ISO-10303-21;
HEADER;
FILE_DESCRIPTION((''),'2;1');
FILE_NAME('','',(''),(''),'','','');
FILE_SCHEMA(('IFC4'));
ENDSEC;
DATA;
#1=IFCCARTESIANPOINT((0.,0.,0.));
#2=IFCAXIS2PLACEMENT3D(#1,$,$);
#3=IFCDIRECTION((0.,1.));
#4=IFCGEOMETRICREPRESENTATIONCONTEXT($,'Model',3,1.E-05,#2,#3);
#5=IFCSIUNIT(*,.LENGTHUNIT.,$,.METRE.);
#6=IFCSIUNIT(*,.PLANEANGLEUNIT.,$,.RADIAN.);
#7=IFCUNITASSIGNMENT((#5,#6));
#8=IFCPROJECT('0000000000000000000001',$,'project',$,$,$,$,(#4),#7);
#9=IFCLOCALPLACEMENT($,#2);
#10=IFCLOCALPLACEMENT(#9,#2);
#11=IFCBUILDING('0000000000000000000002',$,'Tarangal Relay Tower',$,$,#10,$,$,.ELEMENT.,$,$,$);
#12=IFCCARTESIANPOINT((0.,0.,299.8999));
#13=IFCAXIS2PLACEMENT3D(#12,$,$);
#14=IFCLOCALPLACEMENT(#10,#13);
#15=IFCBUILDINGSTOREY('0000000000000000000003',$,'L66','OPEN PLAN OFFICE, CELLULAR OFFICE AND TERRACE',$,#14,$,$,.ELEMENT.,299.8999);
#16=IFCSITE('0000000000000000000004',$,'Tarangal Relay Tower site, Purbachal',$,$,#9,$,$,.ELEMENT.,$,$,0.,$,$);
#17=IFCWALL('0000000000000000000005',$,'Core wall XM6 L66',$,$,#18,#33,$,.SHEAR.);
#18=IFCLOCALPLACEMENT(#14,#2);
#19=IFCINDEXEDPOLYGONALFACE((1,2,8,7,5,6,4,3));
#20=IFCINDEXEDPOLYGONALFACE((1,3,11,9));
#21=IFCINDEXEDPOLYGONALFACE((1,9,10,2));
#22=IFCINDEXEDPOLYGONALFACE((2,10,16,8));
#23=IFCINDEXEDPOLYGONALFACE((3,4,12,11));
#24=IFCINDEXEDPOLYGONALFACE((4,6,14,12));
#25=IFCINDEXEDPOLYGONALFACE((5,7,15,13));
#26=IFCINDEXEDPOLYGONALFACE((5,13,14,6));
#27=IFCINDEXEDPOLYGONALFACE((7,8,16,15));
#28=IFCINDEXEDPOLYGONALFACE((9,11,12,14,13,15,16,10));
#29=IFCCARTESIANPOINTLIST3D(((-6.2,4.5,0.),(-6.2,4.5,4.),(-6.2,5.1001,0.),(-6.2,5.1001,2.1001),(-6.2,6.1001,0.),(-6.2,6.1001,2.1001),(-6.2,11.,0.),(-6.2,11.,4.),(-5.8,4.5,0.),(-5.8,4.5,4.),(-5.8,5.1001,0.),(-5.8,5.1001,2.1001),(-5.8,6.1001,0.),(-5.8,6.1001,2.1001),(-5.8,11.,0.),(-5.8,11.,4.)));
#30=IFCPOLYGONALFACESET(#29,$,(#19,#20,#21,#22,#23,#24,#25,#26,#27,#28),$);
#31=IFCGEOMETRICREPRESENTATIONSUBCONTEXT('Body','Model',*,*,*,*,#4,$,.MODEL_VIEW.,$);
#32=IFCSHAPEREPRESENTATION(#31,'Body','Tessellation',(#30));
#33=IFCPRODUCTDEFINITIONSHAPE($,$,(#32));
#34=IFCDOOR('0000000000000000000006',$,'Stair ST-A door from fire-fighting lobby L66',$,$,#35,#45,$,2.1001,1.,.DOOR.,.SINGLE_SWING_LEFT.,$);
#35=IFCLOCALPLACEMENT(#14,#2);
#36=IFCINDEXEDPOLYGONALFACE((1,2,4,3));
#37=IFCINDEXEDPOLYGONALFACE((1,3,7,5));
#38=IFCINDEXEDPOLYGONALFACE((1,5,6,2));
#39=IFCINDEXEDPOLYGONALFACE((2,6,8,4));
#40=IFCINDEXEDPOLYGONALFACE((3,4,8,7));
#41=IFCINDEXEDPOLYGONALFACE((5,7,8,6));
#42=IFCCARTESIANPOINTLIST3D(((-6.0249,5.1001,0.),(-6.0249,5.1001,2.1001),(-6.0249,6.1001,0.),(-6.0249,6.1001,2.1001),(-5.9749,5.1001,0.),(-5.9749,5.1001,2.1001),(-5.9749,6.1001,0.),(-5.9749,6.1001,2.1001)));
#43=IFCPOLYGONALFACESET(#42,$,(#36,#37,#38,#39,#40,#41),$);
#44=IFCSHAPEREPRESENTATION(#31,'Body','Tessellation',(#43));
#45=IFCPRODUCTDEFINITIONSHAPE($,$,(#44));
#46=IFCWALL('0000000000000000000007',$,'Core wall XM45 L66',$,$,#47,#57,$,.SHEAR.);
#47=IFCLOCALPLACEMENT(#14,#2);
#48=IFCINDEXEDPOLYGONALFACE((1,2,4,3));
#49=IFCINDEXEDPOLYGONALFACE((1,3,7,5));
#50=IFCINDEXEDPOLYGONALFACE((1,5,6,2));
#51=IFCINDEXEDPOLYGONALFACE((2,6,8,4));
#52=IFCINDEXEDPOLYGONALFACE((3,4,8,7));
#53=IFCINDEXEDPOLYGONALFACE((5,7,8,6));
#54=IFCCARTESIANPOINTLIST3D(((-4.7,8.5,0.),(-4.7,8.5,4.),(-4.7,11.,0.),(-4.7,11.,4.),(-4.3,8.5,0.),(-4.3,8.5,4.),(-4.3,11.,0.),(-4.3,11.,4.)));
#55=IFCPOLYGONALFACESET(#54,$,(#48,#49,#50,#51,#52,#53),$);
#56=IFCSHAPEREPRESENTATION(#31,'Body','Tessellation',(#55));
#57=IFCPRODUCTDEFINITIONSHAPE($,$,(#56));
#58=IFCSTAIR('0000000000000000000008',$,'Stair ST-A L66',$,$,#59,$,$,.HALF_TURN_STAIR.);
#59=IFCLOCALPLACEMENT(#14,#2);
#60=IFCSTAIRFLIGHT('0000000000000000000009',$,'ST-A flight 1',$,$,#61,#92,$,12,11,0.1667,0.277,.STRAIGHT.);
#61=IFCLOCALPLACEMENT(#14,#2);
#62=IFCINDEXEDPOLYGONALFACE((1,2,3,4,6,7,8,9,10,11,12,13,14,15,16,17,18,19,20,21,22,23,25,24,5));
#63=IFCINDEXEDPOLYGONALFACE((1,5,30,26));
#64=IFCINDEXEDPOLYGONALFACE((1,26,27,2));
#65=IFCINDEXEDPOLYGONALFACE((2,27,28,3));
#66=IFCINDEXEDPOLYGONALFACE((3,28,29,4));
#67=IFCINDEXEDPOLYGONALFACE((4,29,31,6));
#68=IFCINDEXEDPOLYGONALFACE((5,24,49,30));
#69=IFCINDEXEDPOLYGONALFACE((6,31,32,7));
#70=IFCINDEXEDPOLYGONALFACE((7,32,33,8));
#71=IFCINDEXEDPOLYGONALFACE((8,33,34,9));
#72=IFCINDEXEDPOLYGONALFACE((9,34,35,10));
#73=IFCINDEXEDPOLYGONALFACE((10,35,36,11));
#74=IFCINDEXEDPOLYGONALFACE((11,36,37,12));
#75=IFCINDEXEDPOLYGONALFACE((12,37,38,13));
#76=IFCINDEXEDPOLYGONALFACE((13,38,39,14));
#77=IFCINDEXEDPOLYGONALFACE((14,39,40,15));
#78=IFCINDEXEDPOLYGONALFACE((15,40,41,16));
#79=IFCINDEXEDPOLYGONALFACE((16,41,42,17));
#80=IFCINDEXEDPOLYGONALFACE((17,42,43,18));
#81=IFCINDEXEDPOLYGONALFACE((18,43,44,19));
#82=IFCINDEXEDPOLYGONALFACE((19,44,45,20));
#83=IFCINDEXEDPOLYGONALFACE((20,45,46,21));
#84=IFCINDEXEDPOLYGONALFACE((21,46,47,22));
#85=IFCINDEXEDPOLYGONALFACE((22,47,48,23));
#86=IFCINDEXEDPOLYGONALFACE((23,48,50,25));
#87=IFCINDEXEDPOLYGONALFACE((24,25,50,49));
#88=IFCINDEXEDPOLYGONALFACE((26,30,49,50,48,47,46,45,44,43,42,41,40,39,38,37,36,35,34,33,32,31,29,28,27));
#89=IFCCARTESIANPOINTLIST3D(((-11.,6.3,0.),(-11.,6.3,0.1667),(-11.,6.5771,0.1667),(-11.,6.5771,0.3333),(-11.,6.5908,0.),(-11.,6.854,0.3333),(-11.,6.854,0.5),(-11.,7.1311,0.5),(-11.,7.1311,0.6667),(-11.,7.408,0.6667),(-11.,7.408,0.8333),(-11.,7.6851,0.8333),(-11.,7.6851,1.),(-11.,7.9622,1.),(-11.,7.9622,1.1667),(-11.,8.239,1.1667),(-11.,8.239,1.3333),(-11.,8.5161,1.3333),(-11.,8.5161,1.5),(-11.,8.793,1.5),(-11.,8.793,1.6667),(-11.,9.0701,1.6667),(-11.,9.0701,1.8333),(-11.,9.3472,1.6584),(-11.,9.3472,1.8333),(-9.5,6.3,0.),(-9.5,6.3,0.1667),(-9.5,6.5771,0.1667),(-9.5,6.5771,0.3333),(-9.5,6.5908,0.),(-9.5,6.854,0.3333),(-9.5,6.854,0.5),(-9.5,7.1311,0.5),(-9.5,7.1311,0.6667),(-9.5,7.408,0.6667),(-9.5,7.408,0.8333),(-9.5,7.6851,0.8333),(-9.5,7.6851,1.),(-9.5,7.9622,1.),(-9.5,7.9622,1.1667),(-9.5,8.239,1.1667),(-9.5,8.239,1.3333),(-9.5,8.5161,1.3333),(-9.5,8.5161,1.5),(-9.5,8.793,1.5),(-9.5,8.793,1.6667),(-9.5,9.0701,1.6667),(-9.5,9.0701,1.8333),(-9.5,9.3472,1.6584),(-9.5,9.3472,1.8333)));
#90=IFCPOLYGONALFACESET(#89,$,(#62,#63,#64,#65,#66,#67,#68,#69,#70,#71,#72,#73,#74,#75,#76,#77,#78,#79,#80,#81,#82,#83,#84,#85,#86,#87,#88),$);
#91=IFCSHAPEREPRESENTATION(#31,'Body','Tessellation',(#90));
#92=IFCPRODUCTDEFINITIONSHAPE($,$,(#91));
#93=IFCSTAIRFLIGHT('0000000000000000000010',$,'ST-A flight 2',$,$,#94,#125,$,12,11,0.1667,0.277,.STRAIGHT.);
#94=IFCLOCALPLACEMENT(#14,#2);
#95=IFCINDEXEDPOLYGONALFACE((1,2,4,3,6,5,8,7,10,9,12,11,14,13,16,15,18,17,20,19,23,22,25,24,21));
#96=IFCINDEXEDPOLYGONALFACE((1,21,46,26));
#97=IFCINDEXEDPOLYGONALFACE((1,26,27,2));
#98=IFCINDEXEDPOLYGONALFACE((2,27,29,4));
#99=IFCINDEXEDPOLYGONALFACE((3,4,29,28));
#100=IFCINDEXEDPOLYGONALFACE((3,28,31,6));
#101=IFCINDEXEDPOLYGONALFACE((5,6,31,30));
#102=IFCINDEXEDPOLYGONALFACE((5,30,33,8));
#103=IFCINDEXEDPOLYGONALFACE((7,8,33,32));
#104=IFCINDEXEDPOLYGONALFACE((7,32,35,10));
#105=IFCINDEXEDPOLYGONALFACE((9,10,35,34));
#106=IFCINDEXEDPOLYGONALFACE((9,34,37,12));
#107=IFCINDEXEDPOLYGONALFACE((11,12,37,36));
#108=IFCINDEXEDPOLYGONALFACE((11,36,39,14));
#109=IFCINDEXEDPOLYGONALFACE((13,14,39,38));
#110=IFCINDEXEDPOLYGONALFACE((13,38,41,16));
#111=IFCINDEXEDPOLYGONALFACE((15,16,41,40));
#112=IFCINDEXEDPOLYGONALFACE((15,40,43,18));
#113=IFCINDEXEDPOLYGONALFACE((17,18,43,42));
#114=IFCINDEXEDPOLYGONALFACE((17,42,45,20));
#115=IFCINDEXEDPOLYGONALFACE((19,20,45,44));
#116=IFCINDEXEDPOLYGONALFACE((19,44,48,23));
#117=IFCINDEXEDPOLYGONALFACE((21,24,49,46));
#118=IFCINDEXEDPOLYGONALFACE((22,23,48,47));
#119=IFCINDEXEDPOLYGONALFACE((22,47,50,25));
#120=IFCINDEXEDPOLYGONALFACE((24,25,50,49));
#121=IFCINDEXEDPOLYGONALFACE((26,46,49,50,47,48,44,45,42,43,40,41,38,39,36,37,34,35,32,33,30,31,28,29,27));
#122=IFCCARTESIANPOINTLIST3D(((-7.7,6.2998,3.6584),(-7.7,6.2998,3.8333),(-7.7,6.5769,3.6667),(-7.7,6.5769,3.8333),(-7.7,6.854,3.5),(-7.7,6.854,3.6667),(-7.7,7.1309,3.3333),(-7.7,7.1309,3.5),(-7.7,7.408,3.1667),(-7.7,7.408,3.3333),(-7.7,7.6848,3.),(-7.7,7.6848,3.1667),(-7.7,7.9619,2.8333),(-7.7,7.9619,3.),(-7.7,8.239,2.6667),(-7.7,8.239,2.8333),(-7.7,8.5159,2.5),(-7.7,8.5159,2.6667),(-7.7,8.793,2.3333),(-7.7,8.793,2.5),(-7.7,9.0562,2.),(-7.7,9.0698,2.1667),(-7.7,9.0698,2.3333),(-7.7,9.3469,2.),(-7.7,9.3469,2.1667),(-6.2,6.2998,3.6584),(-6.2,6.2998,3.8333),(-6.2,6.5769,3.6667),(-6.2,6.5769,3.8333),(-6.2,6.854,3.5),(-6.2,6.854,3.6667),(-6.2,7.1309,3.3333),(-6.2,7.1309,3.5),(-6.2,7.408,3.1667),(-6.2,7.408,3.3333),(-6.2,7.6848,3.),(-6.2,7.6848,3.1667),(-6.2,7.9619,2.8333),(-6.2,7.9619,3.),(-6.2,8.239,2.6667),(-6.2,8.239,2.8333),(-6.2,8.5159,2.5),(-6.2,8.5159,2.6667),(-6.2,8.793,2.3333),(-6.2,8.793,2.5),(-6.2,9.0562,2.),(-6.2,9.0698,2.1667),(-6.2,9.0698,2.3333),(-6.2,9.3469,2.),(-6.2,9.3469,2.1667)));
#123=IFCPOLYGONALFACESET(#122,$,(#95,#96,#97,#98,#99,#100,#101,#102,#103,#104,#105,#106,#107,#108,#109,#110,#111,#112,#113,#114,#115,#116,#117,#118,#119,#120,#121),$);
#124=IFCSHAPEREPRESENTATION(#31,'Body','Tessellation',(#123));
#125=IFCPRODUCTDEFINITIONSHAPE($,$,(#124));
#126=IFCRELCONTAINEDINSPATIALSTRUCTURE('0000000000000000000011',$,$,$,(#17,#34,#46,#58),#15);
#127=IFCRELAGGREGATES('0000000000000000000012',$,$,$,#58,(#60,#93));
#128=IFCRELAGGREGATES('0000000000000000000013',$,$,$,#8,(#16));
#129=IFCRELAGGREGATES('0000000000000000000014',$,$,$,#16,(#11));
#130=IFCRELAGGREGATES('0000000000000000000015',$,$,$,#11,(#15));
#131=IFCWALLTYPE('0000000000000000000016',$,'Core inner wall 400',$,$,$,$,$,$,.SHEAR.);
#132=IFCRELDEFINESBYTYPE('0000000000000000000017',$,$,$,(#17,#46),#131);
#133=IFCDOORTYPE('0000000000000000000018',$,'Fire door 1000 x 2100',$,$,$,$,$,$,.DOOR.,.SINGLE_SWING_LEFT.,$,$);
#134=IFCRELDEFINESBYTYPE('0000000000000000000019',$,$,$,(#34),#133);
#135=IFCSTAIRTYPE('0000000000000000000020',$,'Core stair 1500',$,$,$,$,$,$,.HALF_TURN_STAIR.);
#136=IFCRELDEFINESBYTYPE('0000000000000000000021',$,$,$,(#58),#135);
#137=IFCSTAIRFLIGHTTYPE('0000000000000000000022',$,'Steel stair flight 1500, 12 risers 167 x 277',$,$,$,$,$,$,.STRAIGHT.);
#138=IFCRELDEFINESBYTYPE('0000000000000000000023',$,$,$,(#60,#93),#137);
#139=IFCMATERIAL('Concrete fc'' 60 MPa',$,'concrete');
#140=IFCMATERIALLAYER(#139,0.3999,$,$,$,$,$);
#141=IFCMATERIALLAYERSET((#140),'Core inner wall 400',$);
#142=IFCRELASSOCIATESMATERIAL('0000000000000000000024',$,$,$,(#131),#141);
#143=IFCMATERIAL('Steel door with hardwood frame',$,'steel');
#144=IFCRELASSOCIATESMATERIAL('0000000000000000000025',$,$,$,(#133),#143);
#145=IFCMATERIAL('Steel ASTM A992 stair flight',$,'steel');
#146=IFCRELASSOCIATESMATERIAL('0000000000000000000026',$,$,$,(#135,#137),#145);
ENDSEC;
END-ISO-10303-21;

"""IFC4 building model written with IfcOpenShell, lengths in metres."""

from ifc_helpers import new_model, si_unit, direction, frame, frame_2d, origin, place, context, subcontext, project, spatial, polyline, rectangle, outline, extrude, material, layer, layer_set, type_object, element, fill, aggregate, save


model = new_model("IFC4")

# Units and contexts
model_context = context("Model", 3, precision=1e-05, world=origin(), true_north=direction((0.0, 1.0)))
body_context = subcontext(model_context, "Body", "Model", "MODEL_VIEW")
ifc_project = project(units=[si_unit("LENGTHUNIT", "METRE"), si_unit("PLANEANGLEUNIT", "RADIAN")], contexts=[model_context])

# Site, building, storey
site_placement = place(None, origin())
site = spatial("IfcSite", under=ifc_project, at=site_placement, Name="Tarangal Relay Tower site, Purbachal", CompositionType="ELEMENT", RefElevation=0.0)
building_placement = place(site_placement, origin())
building = spatial("IfcBuilding", under=site, at=building_placement, Name="Tarangal Relay Tower", CompositionType="ELEMENT")
storey_placement = place(building_placement, frame((0.0, 0.0, 299.8999)))
storey = spatial("IfcBuildingStorey", under=building, at=storey_placement, Name="L66", Description="OPEN PLAN OFFICE, CELLULAR OFFICE AND TERRACE", CompositionType="ELEMENT", Elevation=299.8999)

# Shared definitions
ifc_material_1 = material(Name="Concrete fc' 60 MPa", Category="concrete")
ifc_layer = layer(ifc_material_1, 0.3999)
ifc_layer_set = layer_set([ifc_layer], Name="Core inner wall 400")
wall_type = type_object("IfcWallType", Name="Core inner wall 400", PredefinedType="SHEAR", material=ifc_layer_set)
ifc_material_2 = material(Name="Steel door with hardwood frame", Category="steel")

# Wall, opening, door
wall_1_placement = place(storey_placement, frame((-6.0, 4.5, 0.0), z_axis=(0.0, 0.0, 1.0), x_axis=(0.0, 1.0, 0.0)))
wall_1 = element("IfcWall", 1, at=wall_1_placement, inside=storey, type_object=wall_type, Name="Core wall XM6 L66", PredefinedType="SHEAR", context=body_context, shape_type="SweptSolid", body=[
    extrude(rectangle(XDim=6.5, YDim=0.3999, at=frame_2d((3.25, 0.0))), origin(), (0.0, 0.0, 1.0), 4.0),
])
opening_1_placement = place(wall_1_placement, frame((0.6001, 0.0, 0.0)))
opening_1 = element("IfcOpeningElement", 2, at=opening_1_placement, cuts=wall_1, PredefinedType="OPENING", context=body_context, shape_type="SweptSolid", body=[
    extrude(rectangle(XDim=1.0, YDim=2.1001, at=frame_2d((0.5, 1.05))), frame((0.0, 0.21, 0.0), z_axis=(0.0, -1.0, 0.0), x_axis=(1.0, 0.0, 0.0)), (0.0, 0.0, 1.0), 0.4199),
])
door_type_1 = type_object("IfcDoorType", Name="Fire door 1000 x 2100", OperationType="SINGLE_SWING_LEFT", PredefinedType="DOOR", material=ifc_material_2)
door_1_placement = place(opening_1_placement, origin())
door_1 = element("IfcDoor", 3, at=door_1_placement, inside=storey, type_object=door_type_1, Name="Stair ST-A door from fire-fighting lobby L66", OperationType="SINGLE_SWING_LEFT", OverallHeight=2.1001, OverallWidth=1.0, PredefinedType="DOOR", context=body_context, shape_type="SweptSolid", body=[
    extrude(rectangle(XDim=1.0, YDim=2.1001, at=frame_2d((0.5, 1.05))), frame((0.0, 0.0249, 0.0), z_axis=(0.0, -1.0, 0.0), x_axis=(1.0, 0.0, 0.0)), (0.0, 0.0, 1.0), 0.05),
])
fill(opening_1, door_1)

# Wall
wall_2_placement = place(storey_placement, frame((-4.5, 8.5, 0.0), z_axis=(0.0, 0.0, 1.0), x_axis=(0.0, 1.0, 0.0)))
element("IfcWall", 4, at=wall_2_placement, inside=storey, type_object=wall_type, Name="Core wall XM45 L66", PredefinedType="SHEAR", context=body_context, shape_type="SweptSolid", body=[
    extrude(rectangle(XDim=2.5, YDim=0.3999, at=frame_2d((1.25, 0.0))), origin(), (0.0, 0.0, 1.0), 4.0),
])

# Stair, stair flights
ifc_material_3 = material(Name="Steel ASTM A992 stair flight", Category="steel")
stair_type = type_object("IfcStairType", Name="Core stair 1500", PredefinedType="HALF_TURN_STAIR", material=ifc_material_3)
stair_placement = place(storey_placement, origin())
stair = element("IfcStair", 5, at=stair_placement, inside=storey, type_object=stair_type, Name="Stair ST-A L66", PredefinedType="HALF_TURN_STAIR")
stair_flight_type = type_object("IfcStairFlightType", Name="Steel stair flight 1500, 12 risers 167 x 277", PredefinedType="STRAIGHT", material=ifc_material_3)
stair_flight_1_placement = place(storey_placement, frame((-10.25, 6.3, 0.0), z_axis=(0.0, 0.0, 1.0), x_axis=(0.0, 1.0, 0.0)))
stair_flight_1 = element("IfcStairFlight", 6, at=stair_flight_1_placement, type_object=stair_flight_type, Name="ST-A flight 1", NumberOfRisers=12, NumberOfTreads=11, PredefinedType="STRAIGHT", RiserHeight=0.1667, TreadLength=0.277, context=body_context, shape_type="SweptSolid", body=[
    extrude(outline(polyline([(0.0, 0.0), (0.0, 0.1667), (0.2771, 0.1667), (0.2771, 0.3333), (0.554, 0.3333), (0.554, 0.5), (0.8311, 0.5), (0.8311, 0.6667), (1.1079, 0.6667), (1.1079, 0.8333), (1.385, 0.8333), (1.385, 1.0), (1.6621, 1.0), (1.6621, 1.1667), (1.939, 1.1667), (1.939, 1.3333), (2.2161, 1.3333), (2.2161, 1.5), (2.4929, 1.5), (2.4929, 1.6667), (2.77, 1.6667), (2.77, 1.8333), (3.0471, 1.8333), (3.0471, 2.0), (3.0471, 1.6584), (0.2908, 0.0), (0.0, 0.0)])), frame((0.0, 0.75, 0.0), z_axis=(0.0, -1.0, 0.0), x_axis=(1.0, 0.0, 0.0)), (0.0, 0.0, 1.0), 1.5),
])
stair_flight_2_placement = place(storey_placement, frame((-6.95, 9.3469, 2.0), z_axis=(0.0, 0.0, 1.0), x_axis=(0.0, -1.0, 0.0)))
stair_flight_2 = element("IfcStairFlight", 7, at=stair_flight_2_placement, type_object=stair_flight_type, Name="ST-A flight 2", NumberOfRisers=12, NumberOfTreads=11, PredefinedType="STRAIGHT", RiserHeight=0.1667, TreadLength=0.277, context=body_context, shape_type="SweptSolid", body=[
    extrude(outline(polyline([(0.0, 0.0), (0.0, 0.1667), (0.2771, 0.1667), (0.2771, 0.3333), (0.554, 0.3333), (0.554, 0.5), (0.8311, 0.5), (0.8311, 0.6667), (1.1079, 0.6667), (1.1079, 0.8333), (1.385, 0.8333), (1.385, 1.0), (1.6621, 1.0), (1.6621, 1.1667), (1.939, 1.1667), (1.939, 1.3333), (2.2161, 1.3333), (2.2161, 1.5), (2.4929, 1.5), (2.4929, 1.6667), (2.77, 1.6667), (2.77, 1.8333), (3.0471, 1.8333), (3.0471, 2.0), (3.0471, 1.6584), (0.2908, 0.0), (0.0, 0.0)])), frame((0.0, 0.75, 0.0), z_axis=(0.0, -1.0, 0.0), x_axis=(1.0, 0.0, 0.0)), (0.0, 0.0, 1.0), 1.5),
])
aggregate(stair, [stair_flight_1, stair_flight_2])

save(model, "model.ifc")
